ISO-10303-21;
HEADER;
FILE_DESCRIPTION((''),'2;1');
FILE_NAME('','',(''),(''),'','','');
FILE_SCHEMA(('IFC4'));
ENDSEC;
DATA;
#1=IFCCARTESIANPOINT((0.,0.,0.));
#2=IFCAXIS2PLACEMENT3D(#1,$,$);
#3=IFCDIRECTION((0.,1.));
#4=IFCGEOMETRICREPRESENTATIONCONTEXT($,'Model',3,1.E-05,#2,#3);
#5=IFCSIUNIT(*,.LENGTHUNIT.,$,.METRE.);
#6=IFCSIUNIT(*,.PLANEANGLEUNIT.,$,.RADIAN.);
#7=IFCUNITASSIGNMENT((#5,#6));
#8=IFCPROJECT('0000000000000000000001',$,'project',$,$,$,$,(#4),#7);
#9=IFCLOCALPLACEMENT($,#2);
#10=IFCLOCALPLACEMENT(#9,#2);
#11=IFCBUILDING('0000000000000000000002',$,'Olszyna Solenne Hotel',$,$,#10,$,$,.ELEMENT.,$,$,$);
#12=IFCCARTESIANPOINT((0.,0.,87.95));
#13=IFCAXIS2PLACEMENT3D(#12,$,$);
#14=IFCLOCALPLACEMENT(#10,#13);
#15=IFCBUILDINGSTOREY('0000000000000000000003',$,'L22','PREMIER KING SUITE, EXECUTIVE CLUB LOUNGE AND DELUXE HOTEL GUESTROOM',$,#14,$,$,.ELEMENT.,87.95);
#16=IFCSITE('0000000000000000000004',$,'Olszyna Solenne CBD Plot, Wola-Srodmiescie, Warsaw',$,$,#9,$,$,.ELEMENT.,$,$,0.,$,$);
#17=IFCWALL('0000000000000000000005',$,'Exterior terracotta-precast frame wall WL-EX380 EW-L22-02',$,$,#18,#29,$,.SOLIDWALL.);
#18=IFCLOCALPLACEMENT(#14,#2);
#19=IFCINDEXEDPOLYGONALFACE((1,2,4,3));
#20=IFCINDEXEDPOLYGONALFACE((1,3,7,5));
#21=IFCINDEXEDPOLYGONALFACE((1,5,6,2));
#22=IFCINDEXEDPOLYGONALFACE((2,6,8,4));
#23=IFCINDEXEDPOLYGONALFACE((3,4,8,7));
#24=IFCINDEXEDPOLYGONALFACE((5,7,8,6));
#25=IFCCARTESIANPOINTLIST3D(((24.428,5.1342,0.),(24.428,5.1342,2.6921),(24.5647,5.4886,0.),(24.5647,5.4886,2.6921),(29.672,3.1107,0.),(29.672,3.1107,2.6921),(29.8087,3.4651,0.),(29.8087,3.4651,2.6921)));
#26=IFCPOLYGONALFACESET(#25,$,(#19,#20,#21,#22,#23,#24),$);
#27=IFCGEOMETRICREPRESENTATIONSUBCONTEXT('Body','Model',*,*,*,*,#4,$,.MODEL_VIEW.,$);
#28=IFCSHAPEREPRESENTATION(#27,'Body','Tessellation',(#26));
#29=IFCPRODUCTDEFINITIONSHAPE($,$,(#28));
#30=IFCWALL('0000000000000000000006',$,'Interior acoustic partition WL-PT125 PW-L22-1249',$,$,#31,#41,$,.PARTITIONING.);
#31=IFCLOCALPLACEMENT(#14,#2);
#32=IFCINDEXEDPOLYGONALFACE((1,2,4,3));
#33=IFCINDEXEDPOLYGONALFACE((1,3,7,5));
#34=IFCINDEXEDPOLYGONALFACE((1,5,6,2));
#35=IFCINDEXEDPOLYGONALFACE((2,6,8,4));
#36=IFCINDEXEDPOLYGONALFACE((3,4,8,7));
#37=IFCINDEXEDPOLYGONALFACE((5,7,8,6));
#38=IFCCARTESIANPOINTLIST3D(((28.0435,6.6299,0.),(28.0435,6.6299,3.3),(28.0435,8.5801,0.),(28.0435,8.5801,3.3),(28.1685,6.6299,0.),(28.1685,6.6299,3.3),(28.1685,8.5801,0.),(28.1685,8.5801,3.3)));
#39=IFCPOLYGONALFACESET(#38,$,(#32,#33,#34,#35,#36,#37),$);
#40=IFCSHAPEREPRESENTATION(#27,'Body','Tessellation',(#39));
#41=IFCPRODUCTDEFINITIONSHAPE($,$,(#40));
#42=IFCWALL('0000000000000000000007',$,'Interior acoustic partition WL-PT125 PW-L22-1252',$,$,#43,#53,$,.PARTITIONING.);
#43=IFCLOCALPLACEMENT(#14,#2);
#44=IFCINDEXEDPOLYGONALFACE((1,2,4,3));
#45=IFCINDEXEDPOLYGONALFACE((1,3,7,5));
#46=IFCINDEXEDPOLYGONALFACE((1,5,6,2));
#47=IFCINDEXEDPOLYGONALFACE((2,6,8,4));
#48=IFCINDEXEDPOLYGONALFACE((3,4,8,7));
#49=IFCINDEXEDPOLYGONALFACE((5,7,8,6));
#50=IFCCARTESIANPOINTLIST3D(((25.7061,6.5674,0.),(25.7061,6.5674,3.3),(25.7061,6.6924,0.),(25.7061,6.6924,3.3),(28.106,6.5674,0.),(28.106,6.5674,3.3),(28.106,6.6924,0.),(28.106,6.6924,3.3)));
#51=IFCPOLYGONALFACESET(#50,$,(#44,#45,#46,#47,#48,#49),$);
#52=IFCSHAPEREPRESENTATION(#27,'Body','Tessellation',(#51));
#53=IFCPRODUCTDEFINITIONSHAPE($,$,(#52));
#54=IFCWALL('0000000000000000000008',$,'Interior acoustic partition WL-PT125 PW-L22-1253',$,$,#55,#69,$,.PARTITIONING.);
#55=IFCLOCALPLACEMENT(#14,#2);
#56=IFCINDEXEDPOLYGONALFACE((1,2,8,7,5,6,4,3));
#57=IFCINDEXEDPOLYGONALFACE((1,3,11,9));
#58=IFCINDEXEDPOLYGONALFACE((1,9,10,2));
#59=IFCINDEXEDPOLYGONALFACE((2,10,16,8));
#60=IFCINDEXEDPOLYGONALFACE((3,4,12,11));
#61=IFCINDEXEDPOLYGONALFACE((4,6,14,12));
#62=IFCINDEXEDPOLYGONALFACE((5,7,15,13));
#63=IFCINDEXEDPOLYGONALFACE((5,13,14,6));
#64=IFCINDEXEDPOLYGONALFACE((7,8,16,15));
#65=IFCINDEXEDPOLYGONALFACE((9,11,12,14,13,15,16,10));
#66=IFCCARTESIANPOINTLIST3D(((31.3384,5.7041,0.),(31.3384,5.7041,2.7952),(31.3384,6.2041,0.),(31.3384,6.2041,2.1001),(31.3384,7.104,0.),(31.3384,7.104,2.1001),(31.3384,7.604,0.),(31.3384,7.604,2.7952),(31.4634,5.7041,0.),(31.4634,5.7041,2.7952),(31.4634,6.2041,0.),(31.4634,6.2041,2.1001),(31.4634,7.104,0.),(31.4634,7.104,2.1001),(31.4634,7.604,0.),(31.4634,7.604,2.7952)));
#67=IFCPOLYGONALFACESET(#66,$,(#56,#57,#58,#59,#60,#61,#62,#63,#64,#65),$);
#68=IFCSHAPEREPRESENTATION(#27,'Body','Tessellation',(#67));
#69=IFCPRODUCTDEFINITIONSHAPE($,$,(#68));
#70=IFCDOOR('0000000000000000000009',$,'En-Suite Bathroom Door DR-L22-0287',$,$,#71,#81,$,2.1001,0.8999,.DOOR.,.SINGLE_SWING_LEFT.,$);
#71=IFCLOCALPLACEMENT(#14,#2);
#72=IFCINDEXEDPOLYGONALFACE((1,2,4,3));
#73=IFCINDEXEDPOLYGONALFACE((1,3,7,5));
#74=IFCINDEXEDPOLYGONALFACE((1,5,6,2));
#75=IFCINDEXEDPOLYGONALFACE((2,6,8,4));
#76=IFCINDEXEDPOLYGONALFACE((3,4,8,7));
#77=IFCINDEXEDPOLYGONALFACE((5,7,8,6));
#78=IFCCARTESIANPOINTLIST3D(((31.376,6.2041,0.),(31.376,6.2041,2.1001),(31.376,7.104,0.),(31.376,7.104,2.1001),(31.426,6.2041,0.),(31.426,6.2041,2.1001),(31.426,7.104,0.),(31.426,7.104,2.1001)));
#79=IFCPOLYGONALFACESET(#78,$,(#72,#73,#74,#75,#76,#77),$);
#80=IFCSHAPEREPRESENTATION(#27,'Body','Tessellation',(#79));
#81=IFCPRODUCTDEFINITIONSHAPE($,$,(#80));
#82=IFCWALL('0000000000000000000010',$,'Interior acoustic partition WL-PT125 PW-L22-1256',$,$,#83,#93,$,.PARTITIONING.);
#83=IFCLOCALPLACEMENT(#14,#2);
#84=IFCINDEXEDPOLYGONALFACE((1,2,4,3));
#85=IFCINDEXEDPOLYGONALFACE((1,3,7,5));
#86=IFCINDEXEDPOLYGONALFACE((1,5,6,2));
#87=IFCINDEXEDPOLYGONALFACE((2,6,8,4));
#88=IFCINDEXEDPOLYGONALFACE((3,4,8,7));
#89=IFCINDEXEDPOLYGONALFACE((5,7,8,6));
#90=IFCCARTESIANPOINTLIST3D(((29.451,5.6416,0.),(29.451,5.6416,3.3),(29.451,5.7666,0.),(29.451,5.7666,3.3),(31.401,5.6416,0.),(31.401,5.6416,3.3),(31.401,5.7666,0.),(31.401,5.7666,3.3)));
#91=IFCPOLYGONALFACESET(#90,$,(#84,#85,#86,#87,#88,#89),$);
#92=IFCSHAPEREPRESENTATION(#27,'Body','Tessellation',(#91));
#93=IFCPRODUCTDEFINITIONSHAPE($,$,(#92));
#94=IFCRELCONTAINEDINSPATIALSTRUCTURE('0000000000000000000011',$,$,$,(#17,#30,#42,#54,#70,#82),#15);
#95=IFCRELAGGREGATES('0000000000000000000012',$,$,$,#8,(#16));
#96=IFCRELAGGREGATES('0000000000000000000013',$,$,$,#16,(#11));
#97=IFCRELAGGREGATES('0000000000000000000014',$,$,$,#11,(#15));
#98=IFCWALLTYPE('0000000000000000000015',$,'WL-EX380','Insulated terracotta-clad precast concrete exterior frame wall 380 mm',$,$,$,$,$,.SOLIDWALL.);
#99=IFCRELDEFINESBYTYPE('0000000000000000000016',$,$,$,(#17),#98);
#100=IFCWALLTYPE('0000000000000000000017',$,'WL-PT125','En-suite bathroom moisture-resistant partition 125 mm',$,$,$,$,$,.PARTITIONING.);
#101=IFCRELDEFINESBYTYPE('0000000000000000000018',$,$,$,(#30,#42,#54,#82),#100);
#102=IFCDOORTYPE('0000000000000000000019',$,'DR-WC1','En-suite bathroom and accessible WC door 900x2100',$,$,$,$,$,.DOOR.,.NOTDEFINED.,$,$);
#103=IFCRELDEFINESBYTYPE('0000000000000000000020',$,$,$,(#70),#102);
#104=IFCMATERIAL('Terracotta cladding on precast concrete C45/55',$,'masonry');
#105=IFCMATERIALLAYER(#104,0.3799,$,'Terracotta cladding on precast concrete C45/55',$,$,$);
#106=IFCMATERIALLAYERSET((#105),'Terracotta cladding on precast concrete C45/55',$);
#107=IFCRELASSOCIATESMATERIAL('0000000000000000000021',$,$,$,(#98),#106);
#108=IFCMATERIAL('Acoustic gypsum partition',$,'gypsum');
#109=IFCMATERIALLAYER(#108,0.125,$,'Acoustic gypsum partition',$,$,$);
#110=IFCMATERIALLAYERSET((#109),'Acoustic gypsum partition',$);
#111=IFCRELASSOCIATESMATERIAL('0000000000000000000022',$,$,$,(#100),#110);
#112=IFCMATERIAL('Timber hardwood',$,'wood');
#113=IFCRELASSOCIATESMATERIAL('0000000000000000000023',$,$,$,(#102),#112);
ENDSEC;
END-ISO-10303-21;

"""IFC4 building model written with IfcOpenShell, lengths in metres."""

from ifc_helpers import new_model, si_unit, direction, frame, frame_2d, origin, place, context, subcontext, project, spatial, rectangle, extrude, source, transform, mapped, material, layer, layer_set, type_object, type_shapes, element, fill, save


model = new_model("IFC4")

# Units and contexts
model_context = context("Model", 3, precision=1e-05, world=origin(), true_north=direction((0.0, 1.0)))
body_context = subcontext(model_context, "Body", "Model", "MODEL_VIEW")
ifc_project = project(units=[si_unit("LENGTHUNIT", "METRE"), si_unit("PLANEANGLEUNIT", "RADIAN")], contexts=[model_context])

# Site, building, storey
site_placement = place(None, origin())
site = spatial("IfcSite", under=ifc_project, at=site_placement, Name="Olszyna Solenne CBD Plot, Wola-Srodmiescie, Warsaw", CompositionType="ELEMENT", RefElevation=0.0)
building_placement = place(site_placement, origin())
building = spatial("IfcBuilding", under=site, at=building_placement, Name="Olszyna Solenne Hotel", CompositionType="ELEMENT")
storey_placement = place(building_placement, frame((0.0, 0.0, 87.95)))
storey = spatial("IfcBuildingStorey", under=building, at=storey_placement, Name="L22", Description="PREMIER KING SUITE, EXECUTIVE CLUB LOUNGE AND DELUXE HOTEL GUESTROOM", CompositionType="ELEMENT", Elevation=87.95)

# Walls
ifc_material_1 = material(Name="Terracotta cladding on precast concrete C45/55", Category="masonry")
ifc_layer_1 = layer(ifc_material_1, 0.3799, Name="Terracotta cladding on precast concrete C45/55")
ifc_layer_set_1 = layer_set([ifc_layer_1], Name="Terracotta cladding on precast concrete C45/55")
wall_type_1 = type_object("IfcWallType", Name="WL-EX380", Description="Insulated terracotta-clad precast concrete exterior frame wall 380 mm", PredefinedType="SOLIDWALL", material=ifc_layer_set_1)
wall_1_placement = place(storey_placement, frame((29.7405, 3.2878, 0.0), z_axis=(0.0, 0.0, 1.0), x_axis=(-0.932954, 0.359995, 0.0)))
element("IfcWall", 1, at=wall_1_placement, inside=storey, type_object=wall_type_1, Name="Exterior terracotta-precast frame wall WL-EX380 EW-L22-02", PredefinedType="SOLIDWALL", context=body_context, shape_type="SweptSolid", body=[
    extrude(rectangle(XDim=5.6208, YDim=0.3799, at=frame_2d((2.8105, 0.0))), origin(), (0.0, 0.0, 1.0), 2.6921),
])
ifc_material_2 = material(Name="Acoustic gypsum partition", Category="gypsum")
ifc_layer_2 = layer(ifc_material_2, 0.125, Name="Acoustic gypsum partition")
ifc_layer_set_2 = layer_set([ifc_layer_2], Name="Acoustic gypsum partition")
wall_type_2 = type_object("IfcWallType", Name="WL-PT125", Description="En-suite bathroom moisture-resistant partition 125 mm", PredefinedType="PARTITIONING", material=ifc_layer_set_2)
wall_2_placement = place(storey_placement, frame((28.106, 6.6299, 0.0), z_axis=(0.0, 0.0, 1.0), x_axis=(0.0, 1.0, 0.0)))
element("IfcWall", 2, at=wall_2_placement, inside=storey, type_object=wall_type_2, Name="Interior acoustic partition WL-PT125 PW-L22-1249", PredefinedType="PARTITIONING", context=body_context, shape_type="SweptSolid", body=[
    extrude(rectangle(XDim=1.9502, YDim=0.125, at=frame_2d((0.9751, 0.0))), origin(), (0.0, 0.0, 1.0), 3.3),
])
wall_3_placement = place(storey_placement, frame((25.7061, 6.6299, 0.0), z_axis=(0.0, 0.0, 1.0), x_axis=(1.0, 0.0, 0.0)))
element("IfcWall", 3, at=wall_3_placement, inside=storey, type_object=wall_type_2, Name="Interior acoustic partition WL-PT125 PW-L22-1252", PredefinedType="PARTITIONING", context=body_context, shape_type="SweptSolid", body=[
    extrude(rectangle(XDim=2.3999, YDim=0.125, at=frame_2d((1.2, 0.0))), origin(), (0.0, 0.0, 1.0), 3.3),
])

# Wall, opening, door
wall_4_placement = place(storey_placement, frame((31.4009, 5.7041, 0.0), z_axis=(0.0, 0.0, 1.0), x_axis=(0.0, 1.0, 0.0)))
wall_4 = element("IfcWall", 4, at=wall_4_placement, inside=storey, type_object=wall_type_2, Name="Interior acoustic partition WL-PT125 PW-L22-1253", PredefinedType="PARTITIONING", context=body_context, shape_type="SweptSolid", body=[
    extrude(rectangle(XDim=1.8999, YDim=0.125, at=frame_2d((0.95, 0.0))), origin(), (0.0, 0.0, 1.0), 2.7952),
])
opening_placement = place(wall_4_placement, frame((0.5, 0.0, 0.0)))
opening = element("IfcOpeningElement", 5, at=opening_placement, cuts=wall_4, PredefinedType="OPENING", context=body_context, shape_type="SweptSolid", body=[
    extrude(rectangle(XDim=0.8999, YDim=2.1001, at=frame_2d((0.45, 1.05))), frame((0.0, 0.0725, 0.0), z_axis=(0.0, -1.0, 0.0), x_axis=(1.0, 0.0, 0.0)), (0.0, 0.0, 1.0), 0.145),
])
ifc_material_3 = material(Name="Timber hardwood", Category="wood")
door_type = type_object("IfcDoorType", Name="DR-WC1", Description="En-suite bathroom and accessible WC door 900x2100", OperationType="NOTDEFINED", PredefinedType="DOOR", material=ifc_material_3)
shared_shape_1 = source(origin(), body_context, "Body", "SweptSolid", [
    extrude(rectangle(XDim=0.8999, YDim=2.1001, at=frame_2d((0.45, 1.05))), frame((0.0, 0.0249, 0.0), z_axis=(0.0, -1.0, 0.0), x_axis=(1.0, 0.0, 0.0)), (0.0, 0.0, 1.0), 0.05),
])
type_shapes(door_type, [shared_shape_1])
door_placement = place(opening_placement, origin())
door = element("IfcDoor", 6, at=door_placement, inside=storey, type_object=door_type, Name="En-Suite Bathroom Door DR-L22-0287", OperationType="SINGLE_SWING_LEFT", OverallHeight=2.1001, OverallWidth=0.8999, PredefinedType="DOOR", context=body_context, shape_type="MappedRepresentation", body=[
    mapped(shared_shape_1, transform((0.0, 0.0, 0.0), x_axis=(1.0, 0.0, 0.0), y_axis=(0.0, 1.0, 0.0), z_axis=(0.0, 0.0, 1.0), scale=1.0)),
])
fill(opening, door)

# Wall
wall_5_placement = place(storey_placement, frame((29.4509, 5.7041, 0.0), z_axis=(0.0, 0.0, 1.0), x_axis=(1.0, 0.0, 0.0)))
element("IfcWall", 7, at=wall_5_placement, inside=storey, type_object=wall_type_2, Name="Interior acoustic partition WL-PT125 PW-L22-1256", PredefinedType="PARTITIONING", context=body_context, shape_type="SweptSolid", body=[
    extrude(rectangle(XDim=1.95, YDim=0.125, at=frame_2d((0.9751, 0.0))), origin(), (0.0, 0.0, 1.0), 3.3),
])

save(model, "model.ifc")
